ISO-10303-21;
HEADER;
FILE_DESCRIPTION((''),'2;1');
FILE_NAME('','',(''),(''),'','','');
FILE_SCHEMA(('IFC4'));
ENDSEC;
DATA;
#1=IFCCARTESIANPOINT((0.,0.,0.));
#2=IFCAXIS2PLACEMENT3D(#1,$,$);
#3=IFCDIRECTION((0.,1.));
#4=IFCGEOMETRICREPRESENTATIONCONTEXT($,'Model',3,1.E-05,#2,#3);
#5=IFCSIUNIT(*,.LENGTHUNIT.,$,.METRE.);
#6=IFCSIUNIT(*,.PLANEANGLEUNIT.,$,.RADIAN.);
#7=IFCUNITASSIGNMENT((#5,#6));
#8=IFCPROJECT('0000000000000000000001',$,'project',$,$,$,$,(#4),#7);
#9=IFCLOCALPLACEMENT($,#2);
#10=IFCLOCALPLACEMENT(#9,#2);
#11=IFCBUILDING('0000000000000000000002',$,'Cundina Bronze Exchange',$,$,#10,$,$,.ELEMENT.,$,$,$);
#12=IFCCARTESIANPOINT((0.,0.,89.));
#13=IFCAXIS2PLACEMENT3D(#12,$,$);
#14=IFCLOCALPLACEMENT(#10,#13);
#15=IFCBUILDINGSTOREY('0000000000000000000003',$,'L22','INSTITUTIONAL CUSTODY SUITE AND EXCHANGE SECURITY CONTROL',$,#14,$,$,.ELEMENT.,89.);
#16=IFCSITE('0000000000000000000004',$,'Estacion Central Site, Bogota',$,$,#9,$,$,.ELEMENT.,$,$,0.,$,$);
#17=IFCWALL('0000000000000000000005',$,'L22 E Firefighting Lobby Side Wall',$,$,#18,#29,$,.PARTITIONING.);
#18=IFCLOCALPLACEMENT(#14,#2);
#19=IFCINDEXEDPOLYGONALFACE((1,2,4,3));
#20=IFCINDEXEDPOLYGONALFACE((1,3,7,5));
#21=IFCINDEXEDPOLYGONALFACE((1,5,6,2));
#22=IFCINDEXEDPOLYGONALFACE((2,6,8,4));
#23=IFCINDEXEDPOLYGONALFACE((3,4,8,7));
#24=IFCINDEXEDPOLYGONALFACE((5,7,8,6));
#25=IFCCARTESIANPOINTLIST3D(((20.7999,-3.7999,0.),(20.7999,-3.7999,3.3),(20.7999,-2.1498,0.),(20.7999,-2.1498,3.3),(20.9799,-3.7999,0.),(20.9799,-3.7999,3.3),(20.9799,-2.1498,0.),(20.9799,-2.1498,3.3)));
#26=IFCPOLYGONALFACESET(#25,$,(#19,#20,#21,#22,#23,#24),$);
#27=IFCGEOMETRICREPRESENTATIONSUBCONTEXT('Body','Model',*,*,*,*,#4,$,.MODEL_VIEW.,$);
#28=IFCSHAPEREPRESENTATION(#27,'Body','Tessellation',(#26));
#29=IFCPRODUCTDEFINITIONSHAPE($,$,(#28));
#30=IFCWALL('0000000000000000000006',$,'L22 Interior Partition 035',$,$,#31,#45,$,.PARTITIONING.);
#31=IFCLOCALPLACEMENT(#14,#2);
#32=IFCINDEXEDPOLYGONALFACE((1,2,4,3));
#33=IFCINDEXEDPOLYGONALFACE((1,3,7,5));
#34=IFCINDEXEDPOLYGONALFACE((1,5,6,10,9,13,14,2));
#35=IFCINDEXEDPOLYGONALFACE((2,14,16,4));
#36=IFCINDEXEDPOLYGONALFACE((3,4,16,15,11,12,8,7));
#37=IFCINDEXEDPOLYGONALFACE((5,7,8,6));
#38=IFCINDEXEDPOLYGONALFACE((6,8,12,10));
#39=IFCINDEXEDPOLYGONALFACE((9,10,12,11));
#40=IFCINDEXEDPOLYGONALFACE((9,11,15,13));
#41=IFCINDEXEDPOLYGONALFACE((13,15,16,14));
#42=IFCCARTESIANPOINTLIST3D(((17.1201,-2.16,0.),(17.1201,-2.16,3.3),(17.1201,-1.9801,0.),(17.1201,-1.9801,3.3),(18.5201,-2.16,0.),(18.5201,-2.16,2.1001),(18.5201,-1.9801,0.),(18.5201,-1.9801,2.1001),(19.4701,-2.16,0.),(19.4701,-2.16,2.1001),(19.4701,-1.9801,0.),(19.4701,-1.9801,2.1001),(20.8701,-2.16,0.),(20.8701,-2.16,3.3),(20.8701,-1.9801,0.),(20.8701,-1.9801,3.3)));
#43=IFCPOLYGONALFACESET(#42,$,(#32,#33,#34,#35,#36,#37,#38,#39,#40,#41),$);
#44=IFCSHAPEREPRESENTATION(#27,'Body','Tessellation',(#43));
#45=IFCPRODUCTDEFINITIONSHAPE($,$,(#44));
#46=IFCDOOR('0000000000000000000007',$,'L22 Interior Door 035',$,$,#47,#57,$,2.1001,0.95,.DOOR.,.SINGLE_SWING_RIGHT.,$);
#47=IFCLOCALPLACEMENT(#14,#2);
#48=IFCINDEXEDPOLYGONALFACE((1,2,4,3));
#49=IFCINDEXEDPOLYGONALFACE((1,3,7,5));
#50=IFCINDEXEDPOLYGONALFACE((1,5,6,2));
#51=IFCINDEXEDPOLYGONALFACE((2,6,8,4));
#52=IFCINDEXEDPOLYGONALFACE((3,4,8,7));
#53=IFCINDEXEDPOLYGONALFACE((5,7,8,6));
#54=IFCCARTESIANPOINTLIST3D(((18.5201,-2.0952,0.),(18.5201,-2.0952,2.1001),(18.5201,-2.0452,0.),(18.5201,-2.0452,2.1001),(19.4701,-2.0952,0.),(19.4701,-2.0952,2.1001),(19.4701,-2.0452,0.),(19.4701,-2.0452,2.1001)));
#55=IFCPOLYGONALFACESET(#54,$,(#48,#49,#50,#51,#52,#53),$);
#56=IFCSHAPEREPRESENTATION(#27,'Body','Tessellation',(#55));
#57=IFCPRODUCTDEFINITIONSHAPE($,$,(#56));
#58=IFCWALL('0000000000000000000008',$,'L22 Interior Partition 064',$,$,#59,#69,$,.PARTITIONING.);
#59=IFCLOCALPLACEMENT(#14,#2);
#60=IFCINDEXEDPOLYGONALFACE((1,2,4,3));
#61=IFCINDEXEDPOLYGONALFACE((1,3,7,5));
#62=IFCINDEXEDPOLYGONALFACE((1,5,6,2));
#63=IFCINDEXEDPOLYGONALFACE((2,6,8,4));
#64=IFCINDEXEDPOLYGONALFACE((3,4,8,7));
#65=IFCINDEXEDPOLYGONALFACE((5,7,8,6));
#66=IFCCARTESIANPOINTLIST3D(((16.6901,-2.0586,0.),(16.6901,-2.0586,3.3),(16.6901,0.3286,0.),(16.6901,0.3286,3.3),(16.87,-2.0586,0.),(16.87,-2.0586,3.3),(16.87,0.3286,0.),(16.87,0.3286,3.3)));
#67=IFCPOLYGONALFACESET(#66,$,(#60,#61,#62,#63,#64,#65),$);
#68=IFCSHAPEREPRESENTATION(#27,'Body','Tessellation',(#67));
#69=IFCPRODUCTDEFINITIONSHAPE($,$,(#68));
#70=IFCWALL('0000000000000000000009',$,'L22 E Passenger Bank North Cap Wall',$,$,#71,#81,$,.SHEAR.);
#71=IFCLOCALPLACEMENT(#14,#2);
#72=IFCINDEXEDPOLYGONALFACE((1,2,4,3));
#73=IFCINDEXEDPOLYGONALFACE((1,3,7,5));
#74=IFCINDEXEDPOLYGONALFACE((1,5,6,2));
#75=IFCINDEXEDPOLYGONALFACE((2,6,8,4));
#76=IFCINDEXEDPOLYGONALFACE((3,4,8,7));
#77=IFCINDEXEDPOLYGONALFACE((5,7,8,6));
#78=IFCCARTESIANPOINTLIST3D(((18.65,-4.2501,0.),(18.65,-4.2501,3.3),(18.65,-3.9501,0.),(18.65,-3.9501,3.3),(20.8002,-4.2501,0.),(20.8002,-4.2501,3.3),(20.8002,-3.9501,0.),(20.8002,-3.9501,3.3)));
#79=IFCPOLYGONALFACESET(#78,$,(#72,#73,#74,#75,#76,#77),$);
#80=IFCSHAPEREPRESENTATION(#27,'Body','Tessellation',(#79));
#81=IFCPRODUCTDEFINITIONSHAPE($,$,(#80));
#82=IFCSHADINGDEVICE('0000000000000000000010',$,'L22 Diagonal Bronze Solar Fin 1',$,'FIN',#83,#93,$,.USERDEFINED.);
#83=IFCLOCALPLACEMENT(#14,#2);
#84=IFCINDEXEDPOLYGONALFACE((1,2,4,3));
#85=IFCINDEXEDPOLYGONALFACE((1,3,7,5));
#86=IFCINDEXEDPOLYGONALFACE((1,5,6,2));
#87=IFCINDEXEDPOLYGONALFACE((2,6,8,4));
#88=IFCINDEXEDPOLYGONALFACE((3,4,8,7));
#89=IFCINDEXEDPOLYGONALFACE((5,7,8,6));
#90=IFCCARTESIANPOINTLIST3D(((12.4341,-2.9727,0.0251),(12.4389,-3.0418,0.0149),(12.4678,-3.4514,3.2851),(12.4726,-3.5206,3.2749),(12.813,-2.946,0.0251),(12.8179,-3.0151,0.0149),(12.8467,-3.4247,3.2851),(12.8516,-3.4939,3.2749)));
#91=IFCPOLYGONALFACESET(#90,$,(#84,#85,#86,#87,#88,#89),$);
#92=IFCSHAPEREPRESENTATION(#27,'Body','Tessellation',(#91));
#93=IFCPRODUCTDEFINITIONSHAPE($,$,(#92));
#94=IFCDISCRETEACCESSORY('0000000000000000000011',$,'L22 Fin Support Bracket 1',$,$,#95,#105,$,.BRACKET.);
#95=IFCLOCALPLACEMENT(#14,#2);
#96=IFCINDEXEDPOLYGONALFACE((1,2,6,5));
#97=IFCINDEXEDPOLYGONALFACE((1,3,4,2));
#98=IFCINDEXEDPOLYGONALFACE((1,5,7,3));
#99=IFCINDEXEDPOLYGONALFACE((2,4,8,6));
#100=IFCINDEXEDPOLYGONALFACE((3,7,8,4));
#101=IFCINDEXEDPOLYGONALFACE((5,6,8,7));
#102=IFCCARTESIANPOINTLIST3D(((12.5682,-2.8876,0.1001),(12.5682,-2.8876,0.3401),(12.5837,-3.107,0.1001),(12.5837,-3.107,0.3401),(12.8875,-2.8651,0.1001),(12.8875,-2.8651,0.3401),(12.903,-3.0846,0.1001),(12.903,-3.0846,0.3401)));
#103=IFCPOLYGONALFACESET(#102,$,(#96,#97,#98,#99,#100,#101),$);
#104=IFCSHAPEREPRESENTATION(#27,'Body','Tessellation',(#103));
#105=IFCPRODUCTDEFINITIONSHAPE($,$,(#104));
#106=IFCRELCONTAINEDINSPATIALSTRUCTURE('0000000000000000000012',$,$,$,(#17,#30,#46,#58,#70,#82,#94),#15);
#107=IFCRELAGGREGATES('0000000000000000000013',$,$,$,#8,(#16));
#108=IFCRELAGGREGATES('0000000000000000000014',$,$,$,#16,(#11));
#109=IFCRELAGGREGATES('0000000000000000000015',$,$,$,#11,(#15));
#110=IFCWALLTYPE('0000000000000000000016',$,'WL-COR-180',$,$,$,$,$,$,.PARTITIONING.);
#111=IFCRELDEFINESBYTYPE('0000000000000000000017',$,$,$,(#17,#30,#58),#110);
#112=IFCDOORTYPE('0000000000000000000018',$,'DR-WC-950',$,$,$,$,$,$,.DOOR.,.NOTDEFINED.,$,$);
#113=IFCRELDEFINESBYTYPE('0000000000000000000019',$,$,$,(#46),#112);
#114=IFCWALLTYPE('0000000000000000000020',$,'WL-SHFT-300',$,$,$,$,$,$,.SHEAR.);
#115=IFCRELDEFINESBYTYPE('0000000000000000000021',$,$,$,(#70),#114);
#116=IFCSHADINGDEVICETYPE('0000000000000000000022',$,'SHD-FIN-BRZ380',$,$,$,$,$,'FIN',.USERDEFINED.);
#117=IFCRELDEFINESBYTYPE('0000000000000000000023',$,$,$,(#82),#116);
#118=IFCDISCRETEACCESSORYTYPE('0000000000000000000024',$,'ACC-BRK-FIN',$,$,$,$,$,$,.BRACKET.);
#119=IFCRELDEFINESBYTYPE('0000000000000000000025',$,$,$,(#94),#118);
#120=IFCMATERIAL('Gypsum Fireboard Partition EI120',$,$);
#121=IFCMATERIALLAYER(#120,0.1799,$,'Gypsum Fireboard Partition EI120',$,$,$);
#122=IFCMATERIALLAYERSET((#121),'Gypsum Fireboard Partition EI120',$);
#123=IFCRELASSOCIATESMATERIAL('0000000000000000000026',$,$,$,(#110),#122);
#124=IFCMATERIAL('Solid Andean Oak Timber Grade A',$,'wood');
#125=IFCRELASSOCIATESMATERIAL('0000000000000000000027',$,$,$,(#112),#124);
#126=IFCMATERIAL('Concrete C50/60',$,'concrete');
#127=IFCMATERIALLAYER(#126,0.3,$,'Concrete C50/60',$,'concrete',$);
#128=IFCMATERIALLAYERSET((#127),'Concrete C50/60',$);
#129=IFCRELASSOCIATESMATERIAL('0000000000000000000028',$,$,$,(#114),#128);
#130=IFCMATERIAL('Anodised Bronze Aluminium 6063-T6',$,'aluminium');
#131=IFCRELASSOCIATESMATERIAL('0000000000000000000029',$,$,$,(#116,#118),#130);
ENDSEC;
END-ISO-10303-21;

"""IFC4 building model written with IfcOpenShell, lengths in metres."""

from ifc_helpers import new_model, si_unit, direction, frame, frame_2d, origin, origin_2d, place, context, subcontext, project, spatial, rectangle, extrude, material, layer, layer_set, material_profile, profile_set, type_object, element, fill, save


model = new_model("IFC4")

# Units and contexts
model_context = context("Model", 3, precision=1e-05, world=origin(), true_north=direction((0.0, 1.0)))
body_context = subcontext(model_context, "Body", "Model", "MODEL_VIEW")
ifc_project = project(units=[si_unit("LENGTHUNIT", "METRE"), si_unit("PLANEANGLEUNIT", "RADIAN")], contexts=[model_context])

# Site, building, storey
site_placement = place(None, origin())
site = spatial("IfcSite", under=ifc_project, at=site_placement, Name="Estacion Central Site, Bogota", CompositionType="ELEMENT", RefElevation=0.0)
building_placement = place(site_placement, origin())
building = spatial("IfcBuilding", under=site, at=building_placement, Name="Cundina Bronze Exchange", CompositionType="ELEMENT")
storey_placement = place(building_placement, frame((0.0, 0.0, 89.0)))
storey = spatial("IfcBuildingStorey", under=building, at=storey_placement, Name="L22", Description="INSTITUTIONAL CUSTODY SUITE AND EXCHANGE SECURITY CONTROL", CompositionType="ELEMENT", Elevation=89.0)

# Shared definitions
ifc_material_1 = material(Name="Anodised Bronze Aluminium 6063-T6", Category="aluminium")

# Wall
ifc_material_2 = material(Name="Gypsum Fireboard Partition EI120")
ifc_layer_1 = layer(ifc_material_2, 0.1799, Name="Gypsum Fireboard Partition EI120")
ifc_layer_set_1 = layer_set([ifc_layer_1], Name="Gypsum Fireboard Partition EI120")
wall_type_1 = type_object("IfcWallType", Name="WL-COR-180", PredefinedType="PARTITIONING", material=ifc_layer_set_1)
wall_1_placement = place(storey_placement, frame((20.8899, -3.8, 0.0), z_axis=(0.0, 0.0, 1.0), x_axis=(0.0, 1.0, 0.0)))
element("IfcWall", 1, at=wall_1_placement, inside=storey, type_object=wall_type_1, Name="L22 E Firefighting Lobby Side Wall", PredefinedType="PARTITIONING", context=body_context, shape_type="SweptSolid", body=[
    extrude(rectangle(XDim=1.6501, YDim=0.1799, at=frame_2d((0.8252, 0.0))), origin(), (0.0, 0.0, 1.0), 3.3),
])

# Wall, opening, door
wall_2_placement = place(storey_placement, frame((17.1201, -2.0701, 0.0), z_axis=(0.0, 0.0, 1.0), x_axis=(1.0, 0.0, 0.0)))
wall_2 = element("IfcWall", 2, at=wall_2_placement, inside=storey, type_object=wall_type_1, Name="L22 Interior Partition 035", PredefinedType="PARTITIONING", context=body_context, shape_type="SweptSolid", body=[
    extrude(rectangle(XDim=3.75, YDim=0.1799, at=frame_2d((1.875, 0.0))), origin(), (0.0, 0.0, 1.0), 3.3),
])
opening_1_placement = place(wall_2_placement, frame((1.3999, 0.0, 0.0)))
opening_1 = element("IfcOpeningElement", 3, at=opening_1_placement, cuts=wall_2, PredefinedType="OPENING", context=body_context, shape_type="SweptSolid", body=[
    extrude(rectangle(XDim=0.95, YDim=2.1001, at=frame_2d((0.4751, 1.05))), frame((0.0, 0.0999, 0.0), z_axis=(0.0, -1.0, 0.0), x_axis=(1.0, 0.0, 0.0)), (0.0, 0.0, 1.0), 0.2),
])
ifc_material_3 = material(Name="Solid Andean Oak Timber Grade A", Category="wood")
door_type_1 = type_object("IfcDoorType", Name="DR-WC-950", OperationType="NOTDEFINED", PredefinedType="DOOR", material=ifc_material_3)
door_1_placement = place(opening_1_placement, origin())
door_1 = element("IfcDoor", 4, at=door_1_placement, inside=storey, type_object=door_type_1, Name="L22 Interior Door 035", OperationType="SINGLE_SWING_RIGHT", OverallHeight=2.1001, OverallWidth=0.95, PredefinedType="DOOR", context=body_context, shape_type="SweptSolid", body=[
    extrude(rectangle(XDim=0.95, YDim=2.1001, at=frame_2d((0.4751, 1.05))), frame((0.0, 0.0249, 0.0), z_axis=(0.0, -1.0, 0.0), x_axis=(1.0, 0.0, 0.0)), (0.0, 0.0, 1.0), 0.05),
])
fill(opening_1, door_1)

# Walls
wall_3_placement = place(storey_placement, frame((16.78, 0.3286, 0.0), z_axis=(0.0, 0.0, 1.0), x_axis=(0.0, -1.0, 0.0)))
element("IfcWall", 5, at=wall_3_placement, inside=storey, type_object=wall_type_1, Name="L22 Interior Partition 064", PredefinedType="PARTITIONING", context=body_context, shape_type="SweptSolid", body=[
    extrude(rectangle(XDim=2.3872, YDim=0.1799, at=frame_2d((1.1936, 0.0))), origin(), (0.0, 0.0, 1.0), 3.3),
])
ifc_material_4 = material(Name="Concrete C50/60", Category="concrete")
ifc_layer_2 = layer(ifc_material_4, 0.3, Name="Concrete C50/60", Category="concrete")
ifc_layer_set_2 = layer_set([ifc_layer_2], Name="Concrete C50/60")
wall_type_2 = type_object("IfcWallType", Name="WL-SHFT-300", PredefinedType="SHEAR", material=ifc_layer_set_2)
wall_4_placement = place(storey_placement, frame((18.6499, -4.1001, 0.0), z_axis=(0.0, 0.0, 1.0), x_axis=(1.0, 0.0, 0.0)))
element("IfcWall", 6, at=wall_4_placement, inside=storey, type_object=wall_type_2, Name="L22 E Passenger Bank North Cap Wall", PredefinedType="SHEAR", context=body_context, shape_type="SweptSolid", body=[
    extrude(rectangle(XDim=2.1501, YDim=0.3, at=frame_2d((1.0752, 0.0))), origin(), (0.0, 0.0, 1.0), 3.3),
])

# Shading device
ifc_material_profile_1 = material_profile(ifc_material_1, rectangle(XDim=0.0701, YDim=0.3799, at=origin_2d()), Name="FIN70X380", Category="aluminium")
ifc_profile_set_1 = profile_set([ifc_material_profile_1], Name="Anodised Bronze Aluminium 6063-T6")
shading_device_type = type_object("IfcShadingDeviceType", Name="SHD-FIN-BRZ380", ElementType="FIN", PredefinedType="USERDEFINED", material=ifc_profile_set_1)
shading_device_placement = place(storey_placement, frame((12.626, -2.9939, 0.02), z_axis=(0.010225, -0.145292, 0.989336), x_axis=(-0.06945, 0.986895, 0.145652)))
element("IfcShadingDevice", 7, at=shading_device_placement, inside=storey, type_object=shading_device_type, Name="L22 Diagonal Bronze Solar Fin 1", ObjectType="FIN", PredefinedType="USERDEFINED", context=body_context, shape_type="SweptSolid", body=[
    extrude(rectangle(XDim=0.0701, YDim=0.3799, at=origin_2d()), origin(), (0.0, 0.0, 1.0), 3.2952),
])

# Discrete accessory
discrete_accessory_type = type_object("IfcDiscreteAccessoryType", Name="ACC-BRK-FIN", PredefinedType="BRACKET", material=ifc_material_1)
discrete_accessory_placement = place(storey_placement, frame((12.7356, -2.9861, 0.1001), z_axis=(0.0, 0.0, 1.0), x_axis=(0.070279, -0.997527, 0.0)))
element("IfcDiscreteAccessory", 8, at=discrete_accessory_placement, inside=storey, type_object=discrete_accessory_type, Name="L22 Fin Support Bracket 1", PredefinedType="BRACKET", context=body_context, shape_type="SweptSolid", body=[
    extrude(rectangle(XDim=0.22, YDim=0.3201, at=origin_2d()), origin(), (0.0, 0.0, 1.0), 0.24),
])

save(model, "model.ifc")
